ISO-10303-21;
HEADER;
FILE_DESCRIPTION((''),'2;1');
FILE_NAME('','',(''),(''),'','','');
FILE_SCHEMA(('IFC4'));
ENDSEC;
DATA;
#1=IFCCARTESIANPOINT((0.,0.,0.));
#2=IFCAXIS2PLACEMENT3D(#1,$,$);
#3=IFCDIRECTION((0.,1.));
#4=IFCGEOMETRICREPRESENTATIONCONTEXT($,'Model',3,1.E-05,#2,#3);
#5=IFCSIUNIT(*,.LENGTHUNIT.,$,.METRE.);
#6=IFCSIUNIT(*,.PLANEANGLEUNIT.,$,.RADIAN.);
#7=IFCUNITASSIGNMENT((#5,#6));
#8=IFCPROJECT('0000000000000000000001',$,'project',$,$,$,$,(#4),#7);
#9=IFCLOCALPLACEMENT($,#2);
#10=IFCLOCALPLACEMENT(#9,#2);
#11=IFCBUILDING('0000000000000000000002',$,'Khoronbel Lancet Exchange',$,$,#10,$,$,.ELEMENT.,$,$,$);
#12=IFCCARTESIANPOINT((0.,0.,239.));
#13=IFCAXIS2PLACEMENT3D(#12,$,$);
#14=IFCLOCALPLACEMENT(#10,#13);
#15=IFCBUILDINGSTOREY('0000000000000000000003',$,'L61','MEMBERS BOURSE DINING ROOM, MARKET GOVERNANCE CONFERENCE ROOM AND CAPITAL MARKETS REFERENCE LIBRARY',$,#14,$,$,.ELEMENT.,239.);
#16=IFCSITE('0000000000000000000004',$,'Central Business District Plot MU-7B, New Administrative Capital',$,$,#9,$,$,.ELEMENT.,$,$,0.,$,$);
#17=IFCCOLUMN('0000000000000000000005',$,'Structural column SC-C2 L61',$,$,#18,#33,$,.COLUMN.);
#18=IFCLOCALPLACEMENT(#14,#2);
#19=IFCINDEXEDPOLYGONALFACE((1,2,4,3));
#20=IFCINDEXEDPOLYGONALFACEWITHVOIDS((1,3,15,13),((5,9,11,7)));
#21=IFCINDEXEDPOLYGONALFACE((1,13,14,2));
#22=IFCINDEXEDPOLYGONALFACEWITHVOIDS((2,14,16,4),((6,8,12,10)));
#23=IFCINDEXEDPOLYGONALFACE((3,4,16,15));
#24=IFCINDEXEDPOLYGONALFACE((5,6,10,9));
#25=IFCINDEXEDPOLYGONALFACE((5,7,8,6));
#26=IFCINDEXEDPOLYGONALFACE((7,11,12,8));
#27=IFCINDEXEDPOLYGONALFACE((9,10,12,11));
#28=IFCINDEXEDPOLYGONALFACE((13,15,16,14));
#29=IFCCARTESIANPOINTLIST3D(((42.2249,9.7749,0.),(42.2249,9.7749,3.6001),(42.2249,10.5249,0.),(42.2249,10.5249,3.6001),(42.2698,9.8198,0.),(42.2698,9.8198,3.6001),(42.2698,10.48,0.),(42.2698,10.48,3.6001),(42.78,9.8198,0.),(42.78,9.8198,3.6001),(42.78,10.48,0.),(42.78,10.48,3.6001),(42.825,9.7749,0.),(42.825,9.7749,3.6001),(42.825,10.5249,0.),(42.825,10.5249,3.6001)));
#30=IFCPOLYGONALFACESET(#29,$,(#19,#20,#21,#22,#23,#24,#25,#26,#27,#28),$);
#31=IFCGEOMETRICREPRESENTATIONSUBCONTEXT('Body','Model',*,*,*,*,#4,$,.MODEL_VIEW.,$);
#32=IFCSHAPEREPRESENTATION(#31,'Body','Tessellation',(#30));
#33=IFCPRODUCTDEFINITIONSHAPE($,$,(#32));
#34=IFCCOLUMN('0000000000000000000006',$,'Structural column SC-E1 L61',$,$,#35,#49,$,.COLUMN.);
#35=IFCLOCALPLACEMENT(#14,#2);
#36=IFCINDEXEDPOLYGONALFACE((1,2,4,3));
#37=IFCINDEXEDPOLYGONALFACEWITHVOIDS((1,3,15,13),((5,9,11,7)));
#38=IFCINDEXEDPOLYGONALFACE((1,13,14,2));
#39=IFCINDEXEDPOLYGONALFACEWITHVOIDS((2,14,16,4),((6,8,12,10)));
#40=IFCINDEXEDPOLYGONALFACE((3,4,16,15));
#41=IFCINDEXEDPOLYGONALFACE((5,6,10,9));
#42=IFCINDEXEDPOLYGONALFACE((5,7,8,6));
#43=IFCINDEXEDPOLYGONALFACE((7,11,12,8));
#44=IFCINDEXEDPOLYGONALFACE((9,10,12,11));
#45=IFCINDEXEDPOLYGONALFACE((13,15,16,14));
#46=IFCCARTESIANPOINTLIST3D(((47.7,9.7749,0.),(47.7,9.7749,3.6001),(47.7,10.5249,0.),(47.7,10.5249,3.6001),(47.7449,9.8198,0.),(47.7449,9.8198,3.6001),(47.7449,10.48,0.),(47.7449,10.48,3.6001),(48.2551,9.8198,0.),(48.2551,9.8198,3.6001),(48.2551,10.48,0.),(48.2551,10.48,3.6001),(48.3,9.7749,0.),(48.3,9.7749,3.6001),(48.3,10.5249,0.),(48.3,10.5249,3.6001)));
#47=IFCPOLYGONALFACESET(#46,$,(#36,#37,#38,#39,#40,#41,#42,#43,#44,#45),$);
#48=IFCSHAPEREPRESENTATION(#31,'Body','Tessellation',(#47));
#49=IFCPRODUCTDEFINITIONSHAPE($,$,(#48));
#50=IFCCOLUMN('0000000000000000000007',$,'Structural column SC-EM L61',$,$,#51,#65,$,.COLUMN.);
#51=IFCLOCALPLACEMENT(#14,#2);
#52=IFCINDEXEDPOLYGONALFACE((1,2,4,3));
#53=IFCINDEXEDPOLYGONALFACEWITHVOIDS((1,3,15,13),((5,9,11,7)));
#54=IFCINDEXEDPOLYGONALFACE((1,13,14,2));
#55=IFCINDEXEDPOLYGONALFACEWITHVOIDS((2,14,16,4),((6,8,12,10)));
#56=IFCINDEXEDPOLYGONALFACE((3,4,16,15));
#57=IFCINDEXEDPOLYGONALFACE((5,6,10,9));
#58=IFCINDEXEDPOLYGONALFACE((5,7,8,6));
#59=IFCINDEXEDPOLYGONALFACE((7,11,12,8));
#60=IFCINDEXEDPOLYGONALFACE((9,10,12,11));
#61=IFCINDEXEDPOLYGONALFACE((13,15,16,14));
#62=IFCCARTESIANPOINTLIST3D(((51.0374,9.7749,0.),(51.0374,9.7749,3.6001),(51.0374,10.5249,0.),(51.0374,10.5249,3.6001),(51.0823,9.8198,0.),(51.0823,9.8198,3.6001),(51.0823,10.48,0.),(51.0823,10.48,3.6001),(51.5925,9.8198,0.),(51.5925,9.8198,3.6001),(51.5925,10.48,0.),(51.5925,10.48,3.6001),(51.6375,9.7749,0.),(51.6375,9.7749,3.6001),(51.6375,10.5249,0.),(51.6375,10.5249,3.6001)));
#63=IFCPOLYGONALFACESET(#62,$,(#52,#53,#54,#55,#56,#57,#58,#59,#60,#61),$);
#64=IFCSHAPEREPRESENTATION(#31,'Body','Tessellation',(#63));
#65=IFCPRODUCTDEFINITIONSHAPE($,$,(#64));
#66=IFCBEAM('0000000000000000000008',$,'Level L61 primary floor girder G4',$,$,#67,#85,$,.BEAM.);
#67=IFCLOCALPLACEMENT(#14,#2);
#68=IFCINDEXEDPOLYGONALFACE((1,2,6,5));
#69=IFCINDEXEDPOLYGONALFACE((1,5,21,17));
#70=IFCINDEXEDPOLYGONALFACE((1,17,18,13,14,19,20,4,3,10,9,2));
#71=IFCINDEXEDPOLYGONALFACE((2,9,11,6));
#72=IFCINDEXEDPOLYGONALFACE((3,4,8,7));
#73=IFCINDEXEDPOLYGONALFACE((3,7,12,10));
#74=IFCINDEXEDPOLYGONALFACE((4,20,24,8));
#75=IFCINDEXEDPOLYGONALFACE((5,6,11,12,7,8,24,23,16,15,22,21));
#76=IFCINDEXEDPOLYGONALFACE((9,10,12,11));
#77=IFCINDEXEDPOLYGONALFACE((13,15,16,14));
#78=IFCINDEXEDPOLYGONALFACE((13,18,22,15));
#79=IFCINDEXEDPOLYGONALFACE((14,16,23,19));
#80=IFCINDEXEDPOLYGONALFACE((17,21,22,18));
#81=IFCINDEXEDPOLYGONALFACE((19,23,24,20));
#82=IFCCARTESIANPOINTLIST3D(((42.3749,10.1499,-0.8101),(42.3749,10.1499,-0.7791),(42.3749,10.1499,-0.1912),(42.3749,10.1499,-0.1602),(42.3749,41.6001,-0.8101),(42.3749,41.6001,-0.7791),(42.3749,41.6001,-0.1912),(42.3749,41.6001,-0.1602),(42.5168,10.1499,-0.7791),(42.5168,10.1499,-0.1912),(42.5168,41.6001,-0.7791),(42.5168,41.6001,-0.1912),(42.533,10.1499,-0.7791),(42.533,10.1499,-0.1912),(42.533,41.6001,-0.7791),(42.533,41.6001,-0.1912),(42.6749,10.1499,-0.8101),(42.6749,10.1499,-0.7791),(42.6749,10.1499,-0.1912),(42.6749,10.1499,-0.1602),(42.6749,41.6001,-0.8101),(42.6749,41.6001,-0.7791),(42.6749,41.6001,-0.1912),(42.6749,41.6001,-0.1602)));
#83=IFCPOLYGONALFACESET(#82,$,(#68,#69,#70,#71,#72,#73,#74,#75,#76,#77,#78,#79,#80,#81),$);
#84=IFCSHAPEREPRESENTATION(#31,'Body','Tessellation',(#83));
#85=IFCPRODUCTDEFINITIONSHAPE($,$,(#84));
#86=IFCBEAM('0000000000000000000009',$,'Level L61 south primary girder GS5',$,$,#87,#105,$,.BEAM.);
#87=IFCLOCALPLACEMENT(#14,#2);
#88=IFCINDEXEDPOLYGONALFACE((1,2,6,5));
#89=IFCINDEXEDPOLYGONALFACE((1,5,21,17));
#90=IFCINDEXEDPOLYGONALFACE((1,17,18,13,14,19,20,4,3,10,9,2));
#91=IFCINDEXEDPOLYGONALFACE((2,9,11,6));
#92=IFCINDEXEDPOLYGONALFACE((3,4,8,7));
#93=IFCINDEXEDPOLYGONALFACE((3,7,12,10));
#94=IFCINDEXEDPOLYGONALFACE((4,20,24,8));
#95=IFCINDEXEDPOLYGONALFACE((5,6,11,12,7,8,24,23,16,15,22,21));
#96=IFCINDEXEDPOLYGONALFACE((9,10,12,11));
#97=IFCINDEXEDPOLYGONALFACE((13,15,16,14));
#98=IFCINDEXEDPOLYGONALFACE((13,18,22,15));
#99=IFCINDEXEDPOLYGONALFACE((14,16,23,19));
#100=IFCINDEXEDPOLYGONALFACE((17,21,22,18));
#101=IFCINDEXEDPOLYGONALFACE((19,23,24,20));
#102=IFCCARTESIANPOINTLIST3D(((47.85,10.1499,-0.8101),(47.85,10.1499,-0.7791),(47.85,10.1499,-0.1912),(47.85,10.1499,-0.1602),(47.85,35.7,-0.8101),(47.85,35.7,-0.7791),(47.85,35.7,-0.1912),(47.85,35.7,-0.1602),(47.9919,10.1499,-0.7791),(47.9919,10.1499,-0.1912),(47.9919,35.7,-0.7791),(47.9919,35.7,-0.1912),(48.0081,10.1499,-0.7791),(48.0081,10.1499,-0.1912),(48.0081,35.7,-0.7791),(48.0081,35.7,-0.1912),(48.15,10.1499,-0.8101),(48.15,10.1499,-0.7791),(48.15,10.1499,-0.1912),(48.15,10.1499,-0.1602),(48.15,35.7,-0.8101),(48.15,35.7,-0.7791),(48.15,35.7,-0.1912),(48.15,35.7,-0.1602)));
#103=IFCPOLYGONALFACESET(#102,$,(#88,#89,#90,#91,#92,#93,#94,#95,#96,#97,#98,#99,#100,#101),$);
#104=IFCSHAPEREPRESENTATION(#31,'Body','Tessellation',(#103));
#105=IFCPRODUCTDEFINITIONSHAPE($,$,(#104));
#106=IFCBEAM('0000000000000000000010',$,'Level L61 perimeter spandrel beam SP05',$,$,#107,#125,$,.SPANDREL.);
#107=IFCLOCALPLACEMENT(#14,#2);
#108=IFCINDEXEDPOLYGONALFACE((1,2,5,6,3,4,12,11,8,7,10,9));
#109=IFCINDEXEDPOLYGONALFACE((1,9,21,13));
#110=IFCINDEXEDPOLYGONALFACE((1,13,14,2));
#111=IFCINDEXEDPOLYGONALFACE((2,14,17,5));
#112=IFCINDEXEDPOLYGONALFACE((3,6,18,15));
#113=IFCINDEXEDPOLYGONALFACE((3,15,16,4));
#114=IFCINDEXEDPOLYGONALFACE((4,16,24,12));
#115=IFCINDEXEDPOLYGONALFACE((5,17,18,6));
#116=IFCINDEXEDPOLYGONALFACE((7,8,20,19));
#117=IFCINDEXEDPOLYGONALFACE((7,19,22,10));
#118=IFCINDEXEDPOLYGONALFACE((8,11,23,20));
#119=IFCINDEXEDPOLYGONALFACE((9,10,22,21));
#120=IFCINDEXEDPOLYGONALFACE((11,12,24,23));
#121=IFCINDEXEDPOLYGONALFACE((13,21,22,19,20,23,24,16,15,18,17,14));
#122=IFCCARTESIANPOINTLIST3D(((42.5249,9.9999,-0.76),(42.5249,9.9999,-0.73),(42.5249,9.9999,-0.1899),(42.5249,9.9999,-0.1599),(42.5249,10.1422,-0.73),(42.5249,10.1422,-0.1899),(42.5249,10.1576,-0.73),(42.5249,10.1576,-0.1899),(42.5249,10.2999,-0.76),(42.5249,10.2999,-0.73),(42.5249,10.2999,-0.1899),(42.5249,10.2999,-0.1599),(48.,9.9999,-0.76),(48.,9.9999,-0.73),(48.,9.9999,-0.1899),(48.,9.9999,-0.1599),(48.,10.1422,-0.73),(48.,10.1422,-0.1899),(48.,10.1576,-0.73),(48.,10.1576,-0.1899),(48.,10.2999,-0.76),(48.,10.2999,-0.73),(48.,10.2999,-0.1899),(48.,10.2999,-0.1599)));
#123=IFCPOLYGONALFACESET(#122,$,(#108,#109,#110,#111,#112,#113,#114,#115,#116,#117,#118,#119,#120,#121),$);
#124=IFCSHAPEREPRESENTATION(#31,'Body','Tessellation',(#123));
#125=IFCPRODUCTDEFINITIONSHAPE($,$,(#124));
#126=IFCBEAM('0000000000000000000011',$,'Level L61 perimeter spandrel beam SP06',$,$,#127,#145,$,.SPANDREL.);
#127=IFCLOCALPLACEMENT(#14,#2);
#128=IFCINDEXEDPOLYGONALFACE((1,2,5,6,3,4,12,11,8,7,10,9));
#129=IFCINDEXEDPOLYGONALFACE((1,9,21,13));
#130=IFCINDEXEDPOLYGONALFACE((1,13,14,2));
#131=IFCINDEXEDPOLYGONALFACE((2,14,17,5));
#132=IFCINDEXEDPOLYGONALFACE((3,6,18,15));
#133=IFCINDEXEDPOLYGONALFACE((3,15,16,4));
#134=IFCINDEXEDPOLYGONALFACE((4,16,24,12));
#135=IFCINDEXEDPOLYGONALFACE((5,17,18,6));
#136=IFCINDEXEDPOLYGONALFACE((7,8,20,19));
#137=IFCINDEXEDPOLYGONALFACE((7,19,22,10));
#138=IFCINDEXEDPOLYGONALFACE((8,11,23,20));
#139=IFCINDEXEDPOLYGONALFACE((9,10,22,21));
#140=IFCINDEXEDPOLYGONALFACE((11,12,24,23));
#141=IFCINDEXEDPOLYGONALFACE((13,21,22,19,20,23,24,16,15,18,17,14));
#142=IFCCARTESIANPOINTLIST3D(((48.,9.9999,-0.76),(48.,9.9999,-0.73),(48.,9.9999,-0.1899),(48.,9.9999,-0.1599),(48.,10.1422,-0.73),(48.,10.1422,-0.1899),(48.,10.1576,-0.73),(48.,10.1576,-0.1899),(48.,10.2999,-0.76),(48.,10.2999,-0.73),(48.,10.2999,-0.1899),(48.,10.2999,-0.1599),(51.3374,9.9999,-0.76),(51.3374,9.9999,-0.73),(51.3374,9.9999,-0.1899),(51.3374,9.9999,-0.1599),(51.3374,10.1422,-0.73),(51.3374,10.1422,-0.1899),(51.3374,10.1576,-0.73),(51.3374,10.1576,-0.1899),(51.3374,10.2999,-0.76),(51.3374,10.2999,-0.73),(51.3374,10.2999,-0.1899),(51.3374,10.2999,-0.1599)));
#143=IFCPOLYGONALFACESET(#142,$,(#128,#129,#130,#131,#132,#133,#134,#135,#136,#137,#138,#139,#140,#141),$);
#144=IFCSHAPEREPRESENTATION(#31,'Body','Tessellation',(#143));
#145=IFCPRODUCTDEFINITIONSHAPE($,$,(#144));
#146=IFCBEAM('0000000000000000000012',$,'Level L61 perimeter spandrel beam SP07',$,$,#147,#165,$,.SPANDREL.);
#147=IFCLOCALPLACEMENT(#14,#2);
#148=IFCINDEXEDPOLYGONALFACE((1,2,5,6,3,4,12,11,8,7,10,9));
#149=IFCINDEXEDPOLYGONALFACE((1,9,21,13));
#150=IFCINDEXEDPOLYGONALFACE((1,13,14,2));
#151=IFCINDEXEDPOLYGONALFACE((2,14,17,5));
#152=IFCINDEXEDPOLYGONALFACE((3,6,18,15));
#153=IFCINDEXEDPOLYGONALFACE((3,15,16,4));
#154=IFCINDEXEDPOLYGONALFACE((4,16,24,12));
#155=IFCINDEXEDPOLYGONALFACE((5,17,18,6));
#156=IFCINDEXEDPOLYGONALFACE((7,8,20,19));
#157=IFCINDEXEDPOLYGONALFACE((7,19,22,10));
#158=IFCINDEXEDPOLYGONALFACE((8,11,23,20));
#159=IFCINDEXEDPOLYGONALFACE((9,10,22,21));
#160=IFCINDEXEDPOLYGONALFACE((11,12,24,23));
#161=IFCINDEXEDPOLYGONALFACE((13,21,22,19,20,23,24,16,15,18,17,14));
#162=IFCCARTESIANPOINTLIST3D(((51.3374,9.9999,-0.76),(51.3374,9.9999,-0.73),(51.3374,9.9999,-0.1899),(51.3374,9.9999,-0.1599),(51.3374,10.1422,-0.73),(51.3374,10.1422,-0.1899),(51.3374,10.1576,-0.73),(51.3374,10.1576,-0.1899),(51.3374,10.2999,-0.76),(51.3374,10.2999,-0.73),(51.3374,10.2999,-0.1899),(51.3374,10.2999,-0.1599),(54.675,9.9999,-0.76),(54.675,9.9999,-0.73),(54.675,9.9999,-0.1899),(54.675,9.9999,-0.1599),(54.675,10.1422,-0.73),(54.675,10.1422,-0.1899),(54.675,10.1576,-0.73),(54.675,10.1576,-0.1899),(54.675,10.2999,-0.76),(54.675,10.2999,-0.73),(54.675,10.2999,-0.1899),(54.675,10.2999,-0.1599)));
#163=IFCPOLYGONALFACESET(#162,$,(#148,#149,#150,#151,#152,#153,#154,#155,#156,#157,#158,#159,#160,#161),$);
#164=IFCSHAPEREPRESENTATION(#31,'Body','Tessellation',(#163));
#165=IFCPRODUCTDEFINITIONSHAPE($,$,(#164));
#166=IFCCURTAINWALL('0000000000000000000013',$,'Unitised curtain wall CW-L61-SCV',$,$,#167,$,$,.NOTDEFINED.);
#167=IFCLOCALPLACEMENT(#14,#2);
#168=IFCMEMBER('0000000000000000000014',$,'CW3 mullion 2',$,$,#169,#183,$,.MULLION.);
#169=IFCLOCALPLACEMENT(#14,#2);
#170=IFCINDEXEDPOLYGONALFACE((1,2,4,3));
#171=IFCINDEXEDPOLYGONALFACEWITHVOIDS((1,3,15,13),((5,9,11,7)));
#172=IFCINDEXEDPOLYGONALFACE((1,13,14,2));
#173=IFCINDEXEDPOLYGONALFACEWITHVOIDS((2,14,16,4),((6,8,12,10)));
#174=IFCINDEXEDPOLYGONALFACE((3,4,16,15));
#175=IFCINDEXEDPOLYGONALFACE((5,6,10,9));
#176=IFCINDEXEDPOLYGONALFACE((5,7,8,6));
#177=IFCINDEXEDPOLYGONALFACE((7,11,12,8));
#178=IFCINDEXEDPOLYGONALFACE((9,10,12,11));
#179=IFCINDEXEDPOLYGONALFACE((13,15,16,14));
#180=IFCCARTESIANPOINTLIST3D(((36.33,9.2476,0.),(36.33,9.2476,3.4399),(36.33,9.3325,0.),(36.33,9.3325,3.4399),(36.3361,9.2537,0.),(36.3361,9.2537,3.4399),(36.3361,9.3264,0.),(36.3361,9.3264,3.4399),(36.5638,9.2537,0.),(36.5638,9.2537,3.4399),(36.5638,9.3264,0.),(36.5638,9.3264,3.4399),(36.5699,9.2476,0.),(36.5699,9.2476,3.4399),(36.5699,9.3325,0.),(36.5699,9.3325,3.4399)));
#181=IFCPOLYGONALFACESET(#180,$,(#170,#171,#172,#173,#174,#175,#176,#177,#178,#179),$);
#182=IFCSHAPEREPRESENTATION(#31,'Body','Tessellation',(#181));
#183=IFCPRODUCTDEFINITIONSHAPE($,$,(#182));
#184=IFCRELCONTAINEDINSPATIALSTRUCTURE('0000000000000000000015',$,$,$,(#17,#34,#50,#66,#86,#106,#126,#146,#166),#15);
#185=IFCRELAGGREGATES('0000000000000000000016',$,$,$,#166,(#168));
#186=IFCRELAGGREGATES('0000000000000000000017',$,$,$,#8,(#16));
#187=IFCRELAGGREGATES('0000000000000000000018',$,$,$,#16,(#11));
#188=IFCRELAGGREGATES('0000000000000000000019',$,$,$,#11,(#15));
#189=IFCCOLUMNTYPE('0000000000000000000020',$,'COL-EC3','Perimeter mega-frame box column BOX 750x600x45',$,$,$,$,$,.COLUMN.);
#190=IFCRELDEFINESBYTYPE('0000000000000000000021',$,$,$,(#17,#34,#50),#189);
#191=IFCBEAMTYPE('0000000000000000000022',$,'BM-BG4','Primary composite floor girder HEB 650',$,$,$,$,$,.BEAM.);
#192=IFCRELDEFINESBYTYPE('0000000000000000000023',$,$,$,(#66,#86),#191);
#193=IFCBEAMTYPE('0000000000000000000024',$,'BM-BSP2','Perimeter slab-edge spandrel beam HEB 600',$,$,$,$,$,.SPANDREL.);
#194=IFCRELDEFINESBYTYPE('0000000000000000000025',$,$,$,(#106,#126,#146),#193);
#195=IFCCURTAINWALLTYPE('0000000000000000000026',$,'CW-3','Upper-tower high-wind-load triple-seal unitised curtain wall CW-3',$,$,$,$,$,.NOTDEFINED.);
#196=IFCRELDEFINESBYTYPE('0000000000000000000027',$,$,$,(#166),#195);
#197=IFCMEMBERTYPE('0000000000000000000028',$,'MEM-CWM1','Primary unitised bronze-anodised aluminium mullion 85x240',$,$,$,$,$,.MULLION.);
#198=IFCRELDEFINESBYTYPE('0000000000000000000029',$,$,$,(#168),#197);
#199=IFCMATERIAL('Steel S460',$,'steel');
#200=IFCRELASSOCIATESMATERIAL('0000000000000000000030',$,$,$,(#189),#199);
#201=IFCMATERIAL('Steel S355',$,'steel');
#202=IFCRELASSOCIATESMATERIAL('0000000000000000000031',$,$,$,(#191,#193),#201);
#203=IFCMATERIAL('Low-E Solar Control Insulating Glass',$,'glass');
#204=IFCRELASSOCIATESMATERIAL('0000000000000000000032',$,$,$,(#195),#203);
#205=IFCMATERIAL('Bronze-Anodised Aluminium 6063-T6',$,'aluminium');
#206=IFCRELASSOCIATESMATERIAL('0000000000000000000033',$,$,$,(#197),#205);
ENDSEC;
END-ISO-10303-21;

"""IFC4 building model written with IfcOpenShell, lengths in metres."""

from ifc_helpers import new_model, si_unit, direction, frame, origin, origin_2d, place, context, subcontext, project, spatial, hollow_rectangle, i_section, extrude, material, material_profile, profile_set, type_object, element, aggregate, save


model = new_model("IFC4")

# Units and contexts
model_context = context("Model", 3, precision=1e-05, world=origin(), true_north=direction((0.0, 1.0)))
body_context = subcontext(model_context, "Body", "Model", "MODEL_VIEW")
ifc_project = project(units=[si_unit("LENGTHUNIT", "METRE"), si_unit("PLANEANGLEUNIT", "RADIAN")], contexts=[model_context])

# Site, building, storey
site_placement = place(None, origin())
site = spatial("IfcSite", under=ifc_project, at=site_placement, Name="Central Business District Plot MU-7B, New Administrative Capital", CompositionType="ELEMENT", RefElevation=0.0)
building_placement = place(site_placement, origin())
building = spatial("IfcBuilding", under=site, at=building_placement, Name="Khoronbel Lancet Exchange", CompositionType="ELEMENT")
storey_placement = place(building_placement, frame((0.0, 0.0, 239.0)))
storey = spatial("IfcBuildingStorey", under=building, at=storey_placement, Name="L61", Description="MEMBERS BOURSE DINING ROOM, MARKET GOVERNANCE CONFERENCE ROOM AND CAPITAL MARKETS REFERENCE LIBRARY", CompositionType="ELEMENT", Elevation=239.0)

# Columns
ifc_material_1 = material(Name="Steel S460", Category="steel")
ifc_material_profile_1 = material_profile(ifc_material_1, hollow_rectangle(XDim=0.6001, YDim=0.75, WallThickness=0.0449, at=origin_2d()), Name="BOX 750x600x45")
ifc_profile_set_1 = profile_set([ifc_material_profile_1], Name="Steel S460")
column_type = type_object("IfcColumnType", Name="COL-EC3", Description="Perimeter mega-frame box column BOX 750x600x45", PredefinedType="COLUMN", material=ifc_profile_set_1)
for number, where, z_axis, x_axis, name in (
    (1, (42.5249, 10.1499, 0.0), (0.0, 0.0, 1.0), (1.0, 0.0, 0.0), "Structural column SC-C2 L61"),
    (2, (48.0, 10.1499, 0.0), (0.0, 0.0, 1.0), (1.0, 0.0, 0.0), "Structural column SC-E1 L61"),
    (3, (51.3374, 10.1499, 0.0), (0.0, 0.0, 1.0), (1.0, 0.0, 0.0), "Structural column SC-EM L61"),
):
    element("IfcColumn", number, at=place(storey_placement, frame(where, z_axis=z_axis, x_axis=x_axis)), inside=storey, type_object=column_type, Name=name, PredefinedType="COLUMN", context=body_context, shape_type="SweptSolid", body=[
        extrude(hollow_rectangle(XDim=0.6001, YDim=0.75, WallThickness=0.0449, at=origin_2d()), origin(), (0.0, 0.0, 1.0), 3.6001),
    ])

# Beams
ifc_material_2 = material(Name="Steel S355", Category="steel")
ifc_material_profile_2 = material_profile(ifc_material_2, i_section(OverallWidth=0.3, OverallDepth=0.6499, WebThickness=0.0161, FlangeThickness=0.031, at=origin_2d()), Name="HEB 650")
ifc_profile_set_2 = profile_set([ifc_material_profile_2], Name="Steel S355")
beam_type_1 = type_object("IfcBeamType", Name="BM-BG4", Description="Primary composite floor girder HEB 650", PredefinedType="BEAM", material=ifc_profile_set_2)
beam_1_placement = place(storey_placement, frame((42.5249, 10.1499, -0.4851), z_axis=(0.0, 1.0, 0.0), x_axis=(-1.0, 0.0, 0.0)))
element("IfcBeam", 4, at=beam_1_placement, inside=storey, type_object=beam_type_1, Name="Level L61 primary floor girder G4", PredefinedType="BEAM", context=body_context, shape_type="SweptSolid", body=[
    extrude(i_section(OverallWidth=0.3, OverallDepth=0.6499, WebThickness=0.0161, FlangeThickness=0.031, at=origin_2d()), origin(), (0.0, 0.0, 1.0), 31.4502),
])
beam_2_placement = place(storey_placement, frame((48.0, 10.1499, -0.4851), z_axis=(0.0, 1.0, 0.0), x_axis=(-1.0, 0.0, 0.0)))
element("IfcBeam", 5, at=beam_2_placement, inside=storey, type_object=beam_type_1, Name="Level L61 south primary girder GS5", PredefinedType="BEAM", context=body_context, shape_type="SweptSolid", body=[
    extrude(i_section(OverallWidth=0.3, OverallDepth=0.6499, WebThickness=0.0161, FlangeThickness=0.031, at=origin_2d()), origin(), (0.0, 0.0, 1.0), 25.55),
])
ifc_material_profile_3 = material_profile(ifc_material_2, i_section(OverallWidth=0.3, OverallDepth=0.6001, WebThickness=0.0154, FlangeThickness=0.03, at=origin_2d()), Name="HEB 600")
ifc_profile_set_3 = profile_set([ifc_material_profile_3], Name="Steel S355")
beam_type_2 = type_object("IfcBeamType", Name="BM-BSP2", Description="Perimeter slab-edge spandrel beam HEB 600", PredefinedType="SPANDREL", material=ifc_profile_set_3)
beam_3_placement = place(storey_placement, frame((42.5249, 10.1499, -0.46), z_axis=(1.0, 0.0, 0.0), x_axis=(0.0, 1.0, 0.0)))
element("IfcBeam", 6, at=beam_3_placement, inside=storey, type_object=beam_type_2, Name="Level L61 perimeter spandrel beam SP05", PredefinedType="SPANDREL", context=body_context, shape_type="SweptSolid", body=[
    extrude(i_section(OverallWidth=0.3, OverallDepth=0.6001, WebThickness=0.0154, FlangeThickness=0.03, at=origin_2d()), origin(), (0.0, 0.0, 1.0), 5.4751),
])
beam_4_placement = place(storey_placement, frame((48.0, 10.1499, -0.46), z_axis=(1.0, 0.0, 0.0), x_axis=(0.0, 1.0, 0.0)))
element("IfcBeam", 7, at=beam_4_placement, inside=storey, type_object=beam_type_2, Name="Level L61 perimeter spandrel beam SP06", PredefinedType="SPANDREL", context=body_context, shape_type="SweptSolid", body=[
    extrude(i_section(OverallWidth=0.3, OverallDepth=0.6001, WebThickness=0.0154, FlangeThickness=0.03, at=origin_2d()), origin(), (0.0, 0.0, 1.0), 3.3374),
])
beam_5_placement = place(storey_placement, frame((51.3374, 10.1499, -0.46), z_axis=(1.0, 0.0, 0.0), x_axis=(0.0, 1.0, 0.0)))
element("IfcBeam", 8, at=beam_5_placement, inside=storey, type_object=beam_type_2, Name="Level L61 perimeter spandrel beam SP07", PredefinedType="SPANDREL", context=body_context, shape_type="SweptSolid", body=[
    extrude(i_section(OverallWidth=0.3, OverallDepth=0.6001, WebThickness=0.0154, FlangeThickness=0.03, at=origin_2d()), origin(), (0.0, 0.0, 1.0), 3.3376),
])

# Curtain wall, member
ifc_material_3 = material(Name="Low-E Solar Control Insulating Glass", Category="glass")
curtain_wall_type = type_object("IfcCurtainWallType", Name="CW-3", Description="Upper-tower high-wind-load triple-seal unitised curtain wall CW-3", PredefinedType="NOTDEFINED", material=ifc_material_3)
curtain_wall_1_placement = place(storey_placement, origin())
curtain_wall_1 = element("IfcCurtainWall", 9, at=curtain_wall_1_placement, inside=storey, type_object=curtain_wall_type, Name="Unitised curtain wall CW-L61-SCV", PredefinedType="NOTDEFINED")
ifc_material_4 = material(Name="Bronze-Anodised Aluminium 6063-T6", Category="aluminium")
ifc_material_profile_4 = material_profile(ifc_material_4, hollow_rectangle(XDim=0.085, YDim=0.24, WallThickness=0.0061, at=origin_2d()), Name="ALU MULLION 85x240")
ifc_profile_set_4 = profile_set([ifc_material_profile_4], Name="Bronze-Anodised Aluminium 6063-T6")
member_type_1 = type_object("IfcMemberType", Name="MEM-CWM1", Description="Primary unitised bronze-anodised aluminium mullion 85x240", PredefinedType="MULLION", material=ifc_profile_set_4)
member_1_placement = place(storey_placement, frame((36.45, 9.29, 0.0), z_axis=(0.0, 0.0, 1.0), x_axis=(0.0, 1.0, 0.0)))
member_1 = element("IfcMember", 10, at=member_1_placement, type_object=member_type_1, Name="CW3 mullion 2", PredefinedType="MULLION", context=body_context, shape_type="SweptSolid", body=[
    extrude(hollow_rectangle(XDim=0.085, YDim=0.24, WallThickness=0.0061, at=origin_2d()), origin(), (0.0, 0.0, 1.0), 3.4399),
])

aggregate(curtain_wall_1, [member_1])

save(model, "model.ifc")
